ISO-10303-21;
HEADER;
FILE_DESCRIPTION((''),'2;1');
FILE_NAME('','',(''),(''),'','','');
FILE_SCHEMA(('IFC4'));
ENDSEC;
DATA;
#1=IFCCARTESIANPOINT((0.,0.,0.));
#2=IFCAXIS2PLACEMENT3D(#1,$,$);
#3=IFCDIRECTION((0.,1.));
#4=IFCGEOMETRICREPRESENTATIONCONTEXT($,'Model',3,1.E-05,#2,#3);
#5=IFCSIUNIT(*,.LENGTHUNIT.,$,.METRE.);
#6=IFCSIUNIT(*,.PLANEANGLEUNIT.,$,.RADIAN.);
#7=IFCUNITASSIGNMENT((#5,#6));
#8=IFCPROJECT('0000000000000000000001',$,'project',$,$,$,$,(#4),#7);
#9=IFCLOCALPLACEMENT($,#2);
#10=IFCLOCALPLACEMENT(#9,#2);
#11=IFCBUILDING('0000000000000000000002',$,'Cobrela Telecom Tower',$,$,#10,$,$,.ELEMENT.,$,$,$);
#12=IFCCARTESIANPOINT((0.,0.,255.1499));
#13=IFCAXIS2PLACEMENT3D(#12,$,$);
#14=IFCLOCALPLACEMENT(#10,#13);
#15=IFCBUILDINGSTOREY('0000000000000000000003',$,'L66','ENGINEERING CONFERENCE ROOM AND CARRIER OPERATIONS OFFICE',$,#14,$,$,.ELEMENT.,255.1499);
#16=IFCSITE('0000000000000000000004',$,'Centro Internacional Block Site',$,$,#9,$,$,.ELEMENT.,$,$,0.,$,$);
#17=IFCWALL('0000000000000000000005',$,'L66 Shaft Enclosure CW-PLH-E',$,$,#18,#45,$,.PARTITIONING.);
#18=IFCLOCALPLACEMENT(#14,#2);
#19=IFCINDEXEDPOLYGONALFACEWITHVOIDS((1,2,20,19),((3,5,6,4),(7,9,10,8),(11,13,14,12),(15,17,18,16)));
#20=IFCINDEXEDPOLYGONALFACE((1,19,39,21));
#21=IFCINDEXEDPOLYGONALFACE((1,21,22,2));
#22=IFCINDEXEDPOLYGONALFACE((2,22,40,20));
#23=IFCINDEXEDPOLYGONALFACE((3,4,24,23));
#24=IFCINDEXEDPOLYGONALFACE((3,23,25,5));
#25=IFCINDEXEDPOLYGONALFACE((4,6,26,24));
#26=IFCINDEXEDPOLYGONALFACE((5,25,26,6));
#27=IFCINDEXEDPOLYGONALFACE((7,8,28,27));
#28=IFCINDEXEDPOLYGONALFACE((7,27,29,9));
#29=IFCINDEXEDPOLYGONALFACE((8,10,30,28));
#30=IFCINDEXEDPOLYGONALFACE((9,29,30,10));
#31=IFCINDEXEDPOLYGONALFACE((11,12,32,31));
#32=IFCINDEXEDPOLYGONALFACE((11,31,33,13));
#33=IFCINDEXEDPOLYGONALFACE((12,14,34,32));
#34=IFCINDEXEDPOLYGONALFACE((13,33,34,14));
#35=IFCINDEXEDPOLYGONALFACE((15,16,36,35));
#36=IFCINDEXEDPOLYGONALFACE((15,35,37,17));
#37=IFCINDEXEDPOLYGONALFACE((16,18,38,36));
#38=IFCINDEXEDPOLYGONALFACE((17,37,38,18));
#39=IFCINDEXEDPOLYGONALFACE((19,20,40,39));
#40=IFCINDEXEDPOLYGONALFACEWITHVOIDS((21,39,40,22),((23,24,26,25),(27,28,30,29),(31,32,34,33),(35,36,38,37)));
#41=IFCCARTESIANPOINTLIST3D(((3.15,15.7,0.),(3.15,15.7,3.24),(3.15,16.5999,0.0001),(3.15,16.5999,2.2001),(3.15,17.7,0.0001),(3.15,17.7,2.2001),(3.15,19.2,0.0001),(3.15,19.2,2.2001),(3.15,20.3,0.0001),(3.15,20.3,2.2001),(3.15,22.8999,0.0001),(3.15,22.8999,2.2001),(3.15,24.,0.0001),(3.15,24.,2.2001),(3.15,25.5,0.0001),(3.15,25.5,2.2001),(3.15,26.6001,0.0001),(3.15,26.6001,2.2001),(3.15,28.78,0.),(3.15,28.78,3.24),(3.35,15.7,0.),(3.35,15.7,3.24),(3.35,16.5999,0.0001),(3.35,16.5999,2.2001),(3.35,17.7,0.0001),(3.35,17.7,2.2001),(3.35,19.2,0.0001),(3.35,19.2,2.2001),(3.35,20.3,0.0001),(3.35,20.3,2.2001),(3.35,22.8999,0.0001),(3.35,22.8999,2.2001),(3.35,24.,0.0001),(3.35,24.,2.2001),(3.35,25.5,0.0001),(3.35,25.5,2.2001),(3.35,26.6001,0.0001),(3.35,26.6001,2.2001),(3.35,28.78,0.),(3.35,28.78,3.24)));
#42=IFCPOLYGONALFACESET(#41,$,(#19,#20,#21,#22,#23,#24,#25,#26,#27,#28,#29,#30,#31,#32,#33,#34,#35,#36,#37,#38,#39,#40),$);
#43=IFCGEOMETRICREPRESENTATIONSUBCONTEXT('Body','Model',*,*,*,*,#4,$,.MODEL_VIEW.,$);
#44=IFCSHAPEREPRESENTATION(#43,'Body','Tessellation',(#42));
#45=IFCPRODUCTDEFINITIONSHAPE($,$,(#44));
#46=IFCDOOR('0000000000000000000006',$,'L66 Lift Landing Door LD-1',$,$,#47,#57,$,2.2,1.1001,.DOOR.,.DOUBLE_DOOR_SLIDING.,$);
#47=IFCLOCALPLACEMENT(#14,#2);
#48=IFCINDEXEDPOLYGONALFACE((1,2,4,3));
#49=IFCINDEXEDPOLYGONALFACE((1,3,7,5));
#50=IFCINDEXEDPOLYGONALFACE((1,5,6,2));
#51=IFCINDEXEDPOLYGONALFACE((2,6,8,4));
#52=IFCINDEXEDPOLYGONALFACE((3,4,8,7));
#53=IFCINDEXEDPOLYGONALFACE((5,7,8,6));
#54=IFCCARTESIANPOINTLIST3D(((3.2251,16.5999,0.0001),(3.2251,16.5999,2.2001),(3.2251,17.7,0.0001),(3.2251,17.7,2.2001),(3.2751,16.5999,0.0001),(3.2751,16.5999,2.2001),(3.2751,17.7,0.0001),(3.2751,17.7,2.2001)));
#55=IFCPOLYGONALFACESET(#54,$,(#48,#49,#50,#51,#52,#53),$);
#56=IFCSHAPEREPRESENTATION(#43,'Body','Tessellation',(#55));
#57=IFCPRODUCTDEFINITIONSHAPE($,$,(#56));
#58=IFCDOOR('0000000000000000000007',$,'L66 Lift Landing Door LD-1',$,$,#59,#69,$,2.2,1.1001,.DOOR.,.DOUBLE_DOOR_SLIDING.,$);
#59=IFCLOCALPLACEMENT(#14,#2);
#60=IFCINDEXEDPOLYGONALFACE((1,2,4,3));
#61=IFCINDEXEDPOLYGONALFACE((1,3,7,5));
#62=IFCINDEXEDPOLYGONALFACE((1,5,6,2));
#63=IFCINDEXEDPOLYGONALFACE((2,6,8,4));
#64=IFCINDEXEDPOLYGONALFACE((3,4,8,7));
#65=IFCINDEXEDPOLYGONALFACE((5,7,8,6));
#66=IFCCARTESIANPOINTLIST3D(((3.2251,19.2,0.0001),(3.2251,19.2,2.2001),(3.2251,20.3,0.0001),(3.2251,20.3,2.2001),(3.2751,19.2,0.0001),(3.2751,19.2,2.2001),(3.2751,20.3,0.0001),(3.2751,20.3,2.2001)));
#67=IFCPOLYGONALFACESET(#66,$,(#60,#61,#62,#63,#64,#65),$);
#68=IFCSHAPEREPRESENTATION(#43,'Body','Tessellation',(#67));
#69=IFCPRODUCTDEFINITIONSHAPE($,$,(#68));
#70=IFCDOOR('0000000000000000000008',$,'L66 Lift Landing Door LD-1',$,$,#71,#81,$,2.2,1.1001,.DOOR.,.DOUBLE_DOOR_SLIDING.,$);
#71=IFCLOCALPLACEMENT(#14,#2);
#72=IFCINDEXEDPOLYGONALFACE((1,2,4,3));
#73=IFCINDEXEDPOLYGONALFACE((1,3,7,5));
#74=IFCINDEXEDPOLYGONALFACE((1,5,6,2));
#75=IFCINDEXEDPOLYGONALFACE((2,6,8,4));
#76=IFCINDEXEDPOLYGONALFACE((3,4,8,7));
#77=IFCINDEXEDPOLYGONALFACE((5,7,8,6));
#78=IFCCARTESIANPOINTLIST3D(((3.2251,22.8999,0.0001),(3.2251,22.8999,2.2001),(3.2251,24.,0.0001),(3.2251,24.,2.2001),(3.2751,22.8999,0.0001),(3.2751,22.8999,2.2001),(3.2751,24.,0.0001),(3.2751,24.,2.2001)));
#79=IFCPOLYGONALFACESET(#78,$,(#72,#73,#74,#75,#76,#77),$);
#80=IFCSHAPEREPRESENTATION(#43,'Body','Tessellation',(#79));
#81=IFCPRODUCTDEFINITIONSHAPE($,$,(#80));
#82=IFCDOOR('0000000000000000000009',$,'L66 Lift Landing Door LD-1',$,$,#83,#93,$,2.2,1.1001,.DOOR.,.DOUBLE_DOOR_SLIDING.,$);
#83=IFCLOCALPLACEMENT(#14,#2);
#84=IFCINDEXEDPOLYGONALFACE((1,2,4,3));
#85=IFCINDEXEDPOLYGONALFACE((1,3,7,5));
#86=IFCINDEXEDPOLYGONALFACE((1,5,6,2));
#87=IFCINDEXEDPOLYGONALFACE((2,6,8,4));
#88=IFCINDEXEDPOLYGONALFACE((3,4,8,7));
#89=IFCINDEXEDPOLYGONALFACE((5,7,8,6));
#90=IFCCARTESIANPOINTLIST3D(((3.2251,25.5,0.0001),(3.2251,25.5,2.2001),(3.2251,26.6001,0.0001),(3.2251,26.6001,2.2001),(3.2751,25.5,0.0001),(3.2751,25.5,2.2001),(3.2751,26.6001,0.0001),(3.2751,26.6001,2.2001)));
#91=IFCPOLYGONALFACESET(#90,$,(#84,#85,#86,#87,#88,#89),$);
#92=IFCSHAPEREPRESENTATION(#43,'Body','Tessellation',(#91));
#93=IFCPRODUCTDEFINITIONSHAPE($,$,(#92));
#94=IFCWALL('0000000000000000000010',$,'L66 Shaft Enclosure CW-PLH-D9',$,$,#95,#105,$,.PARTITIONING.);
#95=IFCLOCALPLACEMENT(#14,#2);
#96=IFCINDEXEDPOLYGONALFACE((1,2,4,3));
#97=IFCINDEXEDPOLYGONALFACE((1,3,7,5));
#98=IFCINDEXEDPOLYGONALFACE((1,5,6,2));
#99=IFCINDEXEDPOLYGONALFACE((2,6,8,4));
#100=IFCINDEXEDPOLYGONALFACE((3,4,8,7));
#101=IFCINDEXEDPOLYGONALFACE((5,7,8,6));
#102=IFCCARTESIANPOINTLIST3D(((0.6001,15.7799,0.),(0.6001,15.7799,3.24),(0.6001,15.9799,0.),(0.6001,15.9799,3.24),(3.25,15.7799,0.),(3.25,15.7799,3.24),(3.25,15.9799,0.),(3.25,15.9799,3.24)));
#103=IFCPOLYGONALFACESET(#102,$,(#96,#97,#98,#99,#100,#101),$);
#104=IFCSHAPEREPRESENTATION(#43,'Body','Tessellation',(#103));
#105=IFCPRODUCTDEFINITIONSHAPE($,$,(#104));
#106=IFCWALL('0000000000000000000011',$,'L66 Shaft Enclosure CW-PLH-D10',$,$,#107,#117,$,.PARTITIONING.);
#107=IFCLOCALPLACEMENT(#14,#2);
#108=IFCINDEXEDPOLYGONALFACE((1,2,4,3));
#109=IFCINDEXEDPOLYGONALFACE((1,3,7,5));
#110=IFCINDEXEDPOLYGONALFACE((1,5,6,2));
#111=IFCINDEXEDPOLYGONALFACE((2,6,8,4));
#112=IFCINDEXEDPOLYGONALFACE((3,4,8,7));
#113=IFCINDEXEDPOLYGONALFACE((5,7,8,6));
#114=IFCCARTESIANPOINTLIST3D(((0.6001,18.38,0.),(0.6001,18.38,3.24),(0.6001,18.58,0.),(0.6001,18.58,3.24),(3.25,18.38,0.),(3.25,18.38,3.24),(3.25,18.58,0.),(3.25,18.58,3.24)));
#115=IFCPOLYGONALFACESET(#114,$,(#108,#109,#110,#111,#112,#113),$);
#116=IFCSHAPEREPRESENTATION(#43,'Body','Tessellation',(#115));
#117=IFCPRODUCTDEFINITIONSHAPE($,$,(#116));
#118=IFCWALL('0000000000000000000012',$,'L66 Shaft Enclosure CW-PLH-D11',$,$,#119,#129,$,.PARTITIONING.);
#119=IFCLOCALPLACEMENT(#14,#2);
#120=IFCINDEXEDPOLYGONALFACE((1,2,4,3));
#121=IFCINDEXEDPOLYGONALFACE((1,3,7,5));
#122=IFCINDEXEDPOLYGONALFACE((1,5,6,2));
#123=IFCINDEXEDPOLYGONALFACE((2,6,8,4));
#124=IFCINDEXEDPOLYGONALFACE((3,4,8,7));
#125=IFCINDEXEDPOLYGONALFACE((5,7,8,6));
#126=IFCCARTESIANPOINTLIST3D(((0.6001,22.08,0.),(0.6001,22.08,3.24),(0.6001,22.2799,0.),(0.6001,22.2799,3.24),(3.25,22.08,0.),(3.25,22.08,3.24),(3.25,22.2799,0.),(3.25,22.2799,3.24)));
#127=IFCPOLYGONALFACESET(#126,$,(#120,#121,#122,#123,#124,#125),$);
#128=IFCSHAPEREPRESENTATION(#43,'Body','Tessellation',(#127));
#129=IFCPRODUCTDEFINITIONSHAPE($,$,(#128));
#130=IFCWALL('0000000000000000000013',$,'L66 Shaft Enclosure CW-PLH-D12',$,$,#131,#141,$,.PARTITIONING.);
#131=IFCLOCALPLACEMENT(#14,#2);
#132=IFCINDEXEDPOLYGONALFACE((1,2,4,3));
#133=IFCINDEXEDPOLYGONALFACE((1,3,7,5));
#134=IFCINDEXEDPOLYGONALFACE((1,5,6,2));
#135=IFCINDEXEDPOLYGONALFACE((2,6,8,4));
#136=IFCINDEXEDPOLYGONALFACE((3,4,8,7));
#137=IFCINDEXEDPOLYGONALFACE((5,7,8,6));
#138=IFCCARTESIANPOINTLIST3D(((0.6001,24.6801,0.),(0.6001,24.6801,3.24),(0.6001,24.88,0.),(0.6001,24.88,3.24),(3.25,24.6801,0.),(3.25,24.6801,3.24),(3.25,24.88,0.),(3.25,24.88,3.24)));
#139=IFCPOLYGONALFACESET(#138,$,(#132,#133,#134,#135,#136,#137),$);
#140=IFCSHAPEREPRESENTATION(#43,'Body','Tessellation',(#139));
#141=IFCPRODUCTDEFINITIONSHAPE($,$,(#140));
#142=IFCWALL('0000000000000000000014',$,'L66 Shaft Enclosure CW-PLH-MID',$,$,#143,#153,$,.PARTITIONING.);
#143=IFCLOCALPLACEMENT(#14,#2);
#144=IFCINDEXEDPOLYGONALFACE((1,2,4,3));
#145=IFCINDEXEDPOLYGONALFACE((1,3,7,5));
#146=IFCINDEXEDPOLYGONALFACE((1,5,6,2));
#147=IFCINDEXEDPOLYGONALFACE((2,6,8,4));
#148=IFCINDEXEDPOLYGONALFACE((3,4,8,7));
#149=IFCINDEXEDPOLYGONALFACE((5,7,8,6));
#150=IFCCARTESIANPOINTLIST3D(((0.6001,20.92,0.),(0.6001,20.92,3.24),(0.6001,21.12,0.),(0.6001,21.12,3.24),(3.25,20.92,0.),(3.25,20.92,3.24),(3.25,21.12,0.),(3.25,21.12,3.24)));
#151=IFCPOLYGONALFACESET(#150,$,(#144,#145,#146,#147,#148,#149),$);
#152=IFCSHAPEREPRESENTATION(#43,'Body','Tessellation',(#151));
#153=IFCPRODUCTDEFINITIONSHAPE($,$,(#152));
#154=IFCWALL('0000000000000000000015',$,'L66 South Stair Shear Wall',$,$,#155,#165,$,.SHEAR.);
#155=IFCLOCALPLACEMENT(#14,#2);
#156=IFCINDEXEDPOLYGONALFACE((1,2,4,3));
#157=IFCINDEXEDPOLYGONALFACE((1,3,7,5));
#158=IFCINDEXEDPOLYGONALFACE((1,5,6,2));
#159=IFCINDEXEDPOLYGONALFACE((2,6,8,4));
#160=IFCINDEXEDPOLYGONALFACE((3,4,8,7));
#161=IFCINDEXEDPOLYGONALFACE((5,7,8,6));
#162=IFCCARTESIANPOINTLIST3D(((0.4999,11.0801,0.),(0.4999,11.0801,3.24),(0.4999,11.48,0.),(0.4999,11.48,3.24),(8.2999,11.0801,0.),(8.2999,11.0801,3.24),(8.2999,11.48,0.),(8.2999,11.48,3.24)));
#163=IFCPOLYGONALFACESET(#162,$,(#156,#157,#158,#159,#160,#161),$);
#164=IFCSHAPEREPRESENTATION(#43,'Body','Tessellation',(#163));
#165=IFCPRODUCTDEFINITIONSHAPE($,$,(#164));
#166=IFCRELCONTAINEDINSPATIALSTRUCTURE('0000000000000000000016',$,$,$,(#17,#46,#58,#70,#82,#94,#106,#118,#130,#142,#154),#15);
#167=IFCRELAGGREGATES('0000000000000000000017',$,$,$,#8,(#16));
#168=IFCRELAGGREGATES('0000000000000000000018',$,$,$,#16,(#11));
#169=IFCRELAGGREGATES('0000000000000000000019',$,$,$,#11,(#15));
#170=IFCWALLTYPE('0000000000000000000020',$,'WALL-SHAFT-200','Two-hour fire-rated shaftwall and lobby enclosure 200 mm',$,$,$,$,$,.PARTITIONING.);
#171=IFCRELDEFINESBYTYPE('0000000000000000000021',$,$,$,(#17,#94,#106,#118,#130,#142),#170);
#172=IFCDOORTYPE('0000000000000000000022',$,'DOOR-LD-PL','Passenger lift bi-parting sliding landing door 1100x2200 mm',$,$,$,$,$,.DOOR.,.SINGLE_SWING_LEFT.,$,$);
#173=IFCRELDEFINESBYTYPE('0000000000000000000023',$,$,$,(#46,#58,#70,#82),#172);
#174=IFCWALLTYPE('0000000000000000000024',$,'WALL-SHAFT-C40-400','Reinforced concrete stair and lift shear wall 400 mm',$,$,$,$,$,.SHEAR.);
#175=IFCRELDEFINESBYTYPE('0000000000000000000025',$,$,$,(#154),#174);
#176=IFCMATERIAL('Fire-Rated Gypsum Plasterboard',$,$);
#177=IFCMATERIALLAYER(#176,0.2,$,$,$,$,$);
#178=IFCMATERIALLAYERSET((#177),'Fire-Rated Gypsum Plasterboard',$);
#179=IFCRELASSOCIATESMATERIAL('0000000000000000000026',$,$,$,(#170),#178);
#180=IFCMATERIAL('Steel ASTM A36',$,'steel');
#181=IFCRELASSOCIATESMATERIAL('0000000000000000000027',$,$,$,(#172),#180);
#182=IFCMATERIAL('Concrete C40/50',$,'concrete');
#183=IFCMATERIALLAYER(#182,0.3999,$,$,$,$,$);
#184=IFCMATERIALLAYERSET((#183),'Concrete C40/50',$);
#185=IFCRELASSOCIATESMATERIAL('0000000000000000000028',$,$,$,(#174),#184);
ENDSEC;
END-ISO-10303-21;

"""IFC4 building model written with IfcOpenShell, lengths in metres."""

from ifc_helpers import new_model, si_unit, direction, frame, frame_2d, origin, place, context, subcontext, project, spatial, rectangle, extrude, material, layer, layer_set, type_object, element, fill, save


model = new_model("IFC4")

# Units and contexts
model_context = context("Model", 3, precision=1e-05, world=origin(), true_north=direction((0.0, 1.0)))
body_context = subcontext(model_context, "Body", "Model", "MODEL_VIEW")
ifc_project = project(units=[si_unit("LENGTHUNIT", "METRE"), si_unit("PLANEANGLEUNIT", "RADIAN")], contexts=[model_context])

# Site, building, storey
site_placement = place(None, origin())
site = spatial("IfcSite", under=ifc_project, at=site_placement, Name="Centro Internacional Block Site", CompositionType="ELEMENT", RefElevation=0.0)
building_placement = place(site_placement, origin())
building = spatial("IfcBuilding", under=site, at=building_placement, Name="Cobrela Telecom Tower", CompositionType="ELEMENT")
storey_placement = place(building_placement, frame((0.0, 0.0, 255.1499)))
storey = spatial("IfcBuildingStorey", under=building, at=storey_placement, Name="L66", Description="ENGINEERING CONFERENCE ROOM AND CARRIER OPERATIONS OFFICE", CompositionType="ELEMENT", Elevation=255.1499)

# Shared definitions
ifc_material_1 = material(Name="Fire-Rated Gypsum Plasterboard")

# Wall, openings, doors
ifc_layer_1 = layer(ifc_material_1, 0.2)
ifc_layer_set_1 = layer_set([ifc_layer_1], Name="Fire-Rated Gypsum Plasterboard")
wall_type_1 = type_object("IfcWallType", Name="WALL-SHAFT-200", Description="Two-hour fire-rated shaftwall and lobby enclosure 200 mm", PredefinedType="PARTITIONING", material=ifc_layer_set_1)
wall_1_placement = place(storey_placement, frame((3.25, 15.7, 0.0), z_axis=(0.0, 0.0, 1.0), x_axis=(0.0, 1.0, 0.0)))
wall_1 = element("IfcWall", 1, at=wall_1_placement, inside=storey, type_object=wall_type_1, Name="L66 Shaft Enclosure CW-PLH-E", PredefinedType="PARTITIONING", context=body_context, shape_type="SweptSolid", body=[
    extrude(rectangle(XDim=13.0801, YDim=0.2, at=frame_2d((6.54, 0.0))), origin(), (0.0, 0.0, 1.0), 3.24),
])
opening_1_placement = place(wall_1_placement, frame((0.8999, 0.0, 0.0)))
opening_1 = element("IfcOpeningElement", 2, at=opening_1_placement, cuts=wall_1, PredefinedType="OPENING", context=body_context, shape_type="SweptSolid", body=[
    extrude(rectangle(XDim=1.1001, YDim=2.2, at=frame_2d((0.55, 1.1001))), frame((0.0, 0.1118, 0.0), z_axis=(0.0, -1.0, 0.0), x_axis=(1.0, 0.0, 0.0)), (0.0, 0.0, 1.0), 0.2239),
])
opening_2_placement = place(wall_1_placement, frame((3.5, 0.0, 0.0)))
opening_2 = element("IfcOpeningElement", 3, at=opening_2_placement, cuts=wall_1, PredefinedType="OPENING", context=body_context, shape_type="SweptSolid", body=[
    extrude(rectangle(XDim=1.1001, YDim=2.2, at=frame_2d((0.55, 1.1001))), frame((0.0, 0.1118, 0.0), z_axis=(0.0, -1.0, 0.0), x_axis=(1.0, 0.0, 0.0)), (0.0, 0.0, 1.0), 0.2239),
])
opening_3_placement = place(wall_1_placement, frame((7.2, 0.0, 0.0)))
opening_3 = element("IfcOpeningElement", 4, at=opening_3_placement, cuts=wall_1, PredefinedType="OPENING", context=body_context, shape_type="SweptSolid", body=[
    extrude(rectangle(XDim=1.1001, YDim=2.2, at=frame_2d((0.55, 1.1001))), frame((0.0, 0.1118, 0.0), z_axis=(0.0, -1.0, 0.0), x_axis=(1.0, 0.0, 0.0)), (0.0, 0.0, 1.0), 0.2239),
])
opening_4_placement = place(wall_1_placement, frame((9.8, 0.0, 0.0)))
opening_4 = element("IfcOpeningElement", 5, at=opening_4_placement, cuts=wall_1, PredefinedType="OPENING", context=body_context, shape_type="SweptSolid", body=[
    extrude(rectangle(XDim=1.1001, YDim=2.2, at=frame_2d((0.55, 1.1001))), frame((0.0, 0.1118, 0.0), z_axis=(0.0, -1.0, 0.0), x_axis=(1.0, 0.0, 0.0)), (0.0, 0.0, 1.0), 0.2239),
])
ifc_material_2 = material(Name="Steel ASTM A36", Category="steel")
door_type_1 = type_object("IfcDoorType", Name="DOOR-LD-PL", Description="Passenger lift bi-parting sliding landing door 1100x2200 mm", OperationType="SINGLE_SWING_LEFT", PredefinedType="DOOR", material=ifc_material_2)
door_1_placement = place(opening_1_placement, origin())
door_1 = element("IfcDoor", 6, at=door_1_placement, inside=storey, type_object=door_type_1, Name="L66 Lift Landing Door LD-1", OperationType="DOUBLE_DOOR_SLIDING", OverallHeight=2.2, OverallWidth=1.1001, PredefinedType="DOOR", context=body_context, shape_type="SweptSolid", body=[
    extrude(rectangle(XDim=1.1001, YDim=2.2, at=frame_2d((0.55, 1.1001))), frame((0.0, 0.0249, 0.0), z_axis=(0.0, -1.0, 0.0), x_axis=(1.0, 0.0, 0.0)), (0.0, 0.0, 1.0), 0.05),
])
fill(opening_1, door_1)
door_2_placement = place(opening_2_placement, origin())
door_2 = element("IfcDoor", 7, at=door_2_placement, inside=storey, type_object=door_type_1, Name="L66 Lift Landing Door LD-1", OperationType="DOUBLE_DOOR_SLIDING", OverallHeight=2.2, OverallWidth=1.1001, PredefinedType="DOOR", context=body_context, shape_type="SweptSolid", body=[
    extrude(rectangle(XDim=1.1001, YDim=2.2, at=frame_2d((0.55, 1.1001))), frame((0.0, 0.0249, 0.0), z_axis=(0.0, -1.0, 0.0), x_axis=(1.0, 0.0, 0.0)), (0.0, 0.0, 1.0), 0.05),
])
fill(opening_2, door_2)
door_3_placement = place(opening_3_placement, origin())
door_3 = element("IfcDoor", 8, at=door_3_placement, inside=storey, type_object=door_type_1, Name="L66 Lift Landing Door LD-1", OperationType="DOUBLE_DOOR_SLIDING", OverallHeight=2.2, OverallWidth=1.1001, PredefinedType="DOOR", context=body_context, shape_type="SweptSolid", body=[
    extrude(rectangle(XDim=1.1001, YDim=2.2, at=frame_2d((0.55, 1.1001))), frame((0.0, 0.0249, 0.0), z_axis=(0.0, -1.0, 0.0), x_axis=(1.0, 0.0, 0.0)), (0.0, 0.0, 1.0), 0.05),
])
fill(opening_3, door_3)
door_4_placement = place(opening_4_placement, origin())
door_4 = element("IfcDoor", 9, at=door_4_placement, inside=storey, type_object=door_type_1, Name="L66 Lift Landing Door LD-1", OperationType="DOUBLE_DOOR_SLIDING", OverallHeight=2.2, OverallWidth=1.1001, PredefinedType="DOOR", context=body_context, shape_type="SweptSolid", body=[
    extrude(rectangle(XDim=1.1001, YDim=2.2, at=frame_2d((0.55, 1.1001))), frame((0.0, 0.0249, 0.0), z_axis=(0.0, -1.0, 0.0), x_axis=(1.0, 0.0, 0.0)), (0.0, 0.0, 1.0), 0.05),
])
fill(opening_4, door_4)

# Walls
for number, where, z_axis, x_axis, name in (
    (10, (0.6001, 15.8799, 0.0), (0.0, 0.0, 1.0), (1.0, 0.0, 0.0), "L66 Shaft Enclosure CW-PLH-D9"),
    (11, (0.6001, 18.48, 0.0), (0.0, 0.0, 1.0), (1.0, 0.0, 0.0), "L66 Shaft Enclosure CW-PLH-D10"),
    (12, (0.6001, 22.1799, 0.0), (0.0, 0.0, 1.0), (1.0, 0.0, 0.0), "L66 Shaft Enclosure CW-PLH-D11"),
    (13, (0.6001, 24.78, 0.0), (0.0, 0.0, 1.0), (1.0, 0.0, 0.0), "L66 Shaft Enclosure CW-PLH-D12"),
    (14, (0.6001, 21.02, 0.0), (0.0, 0.0, 1.0), (1.0, 0.0, 0.0), "L66 Shaft Enclosure CW-PLH-MID"),
):
    element("IfcWall", number, at=place(storey_placement, frame(where, z_axis=z_axis, x_axis=x_axis)), inside=storey, type_object=wall_type_1, Name=name, PredefinedType="PARTITIONING", context=body_context, shape_type="SweptSolid", body=[
        extrude(rectangle(XDim=2.6499, YDim=0.2, at=frame_2d((1.325, 0.0))), origin(), (0.0, 0.0, 1.0), 3.24),
    ])
ifc_material_3 = material(Name="Concrete C40/50", Category="concrete")
ifc_layer_2 = layer(ifc_material_3, 0.3999)
ifc_layer_set_2 = layer_set([ifc_layer_2], Name="Concrete C40/50")
wall_type_2 = type_object("IfcWallType", Name="WALL-SHAFT-C40-400", Description="Reinforced concrete stair and lift shear wall 400 mm", PredefinedType="SHEAR", material=ifc_layer_set_2)
wall_2_placement = place(storey_placement, frame((0.5, 11.28, 0.0), z_axis=(0.0, 0.0, 1.0), x_axis=(1.0, 0.0, 0.0)))
element("IfcWall", 15, at=wall_2_placement, inside=storey, type_object=wall_type_2, Name="L66 South Stair Shear Wall", PredefinedType="SHEAR", context=body_context, shape_type="SweptSolid", body=[
    extrude(rectangle(XDim=7.8, YDim=0.3999, at=frame_2d((3.8999, 0.0))), origin(), (0.0, 0.0, 1.0), 3.24),
])

save(model, "model.ifc")
